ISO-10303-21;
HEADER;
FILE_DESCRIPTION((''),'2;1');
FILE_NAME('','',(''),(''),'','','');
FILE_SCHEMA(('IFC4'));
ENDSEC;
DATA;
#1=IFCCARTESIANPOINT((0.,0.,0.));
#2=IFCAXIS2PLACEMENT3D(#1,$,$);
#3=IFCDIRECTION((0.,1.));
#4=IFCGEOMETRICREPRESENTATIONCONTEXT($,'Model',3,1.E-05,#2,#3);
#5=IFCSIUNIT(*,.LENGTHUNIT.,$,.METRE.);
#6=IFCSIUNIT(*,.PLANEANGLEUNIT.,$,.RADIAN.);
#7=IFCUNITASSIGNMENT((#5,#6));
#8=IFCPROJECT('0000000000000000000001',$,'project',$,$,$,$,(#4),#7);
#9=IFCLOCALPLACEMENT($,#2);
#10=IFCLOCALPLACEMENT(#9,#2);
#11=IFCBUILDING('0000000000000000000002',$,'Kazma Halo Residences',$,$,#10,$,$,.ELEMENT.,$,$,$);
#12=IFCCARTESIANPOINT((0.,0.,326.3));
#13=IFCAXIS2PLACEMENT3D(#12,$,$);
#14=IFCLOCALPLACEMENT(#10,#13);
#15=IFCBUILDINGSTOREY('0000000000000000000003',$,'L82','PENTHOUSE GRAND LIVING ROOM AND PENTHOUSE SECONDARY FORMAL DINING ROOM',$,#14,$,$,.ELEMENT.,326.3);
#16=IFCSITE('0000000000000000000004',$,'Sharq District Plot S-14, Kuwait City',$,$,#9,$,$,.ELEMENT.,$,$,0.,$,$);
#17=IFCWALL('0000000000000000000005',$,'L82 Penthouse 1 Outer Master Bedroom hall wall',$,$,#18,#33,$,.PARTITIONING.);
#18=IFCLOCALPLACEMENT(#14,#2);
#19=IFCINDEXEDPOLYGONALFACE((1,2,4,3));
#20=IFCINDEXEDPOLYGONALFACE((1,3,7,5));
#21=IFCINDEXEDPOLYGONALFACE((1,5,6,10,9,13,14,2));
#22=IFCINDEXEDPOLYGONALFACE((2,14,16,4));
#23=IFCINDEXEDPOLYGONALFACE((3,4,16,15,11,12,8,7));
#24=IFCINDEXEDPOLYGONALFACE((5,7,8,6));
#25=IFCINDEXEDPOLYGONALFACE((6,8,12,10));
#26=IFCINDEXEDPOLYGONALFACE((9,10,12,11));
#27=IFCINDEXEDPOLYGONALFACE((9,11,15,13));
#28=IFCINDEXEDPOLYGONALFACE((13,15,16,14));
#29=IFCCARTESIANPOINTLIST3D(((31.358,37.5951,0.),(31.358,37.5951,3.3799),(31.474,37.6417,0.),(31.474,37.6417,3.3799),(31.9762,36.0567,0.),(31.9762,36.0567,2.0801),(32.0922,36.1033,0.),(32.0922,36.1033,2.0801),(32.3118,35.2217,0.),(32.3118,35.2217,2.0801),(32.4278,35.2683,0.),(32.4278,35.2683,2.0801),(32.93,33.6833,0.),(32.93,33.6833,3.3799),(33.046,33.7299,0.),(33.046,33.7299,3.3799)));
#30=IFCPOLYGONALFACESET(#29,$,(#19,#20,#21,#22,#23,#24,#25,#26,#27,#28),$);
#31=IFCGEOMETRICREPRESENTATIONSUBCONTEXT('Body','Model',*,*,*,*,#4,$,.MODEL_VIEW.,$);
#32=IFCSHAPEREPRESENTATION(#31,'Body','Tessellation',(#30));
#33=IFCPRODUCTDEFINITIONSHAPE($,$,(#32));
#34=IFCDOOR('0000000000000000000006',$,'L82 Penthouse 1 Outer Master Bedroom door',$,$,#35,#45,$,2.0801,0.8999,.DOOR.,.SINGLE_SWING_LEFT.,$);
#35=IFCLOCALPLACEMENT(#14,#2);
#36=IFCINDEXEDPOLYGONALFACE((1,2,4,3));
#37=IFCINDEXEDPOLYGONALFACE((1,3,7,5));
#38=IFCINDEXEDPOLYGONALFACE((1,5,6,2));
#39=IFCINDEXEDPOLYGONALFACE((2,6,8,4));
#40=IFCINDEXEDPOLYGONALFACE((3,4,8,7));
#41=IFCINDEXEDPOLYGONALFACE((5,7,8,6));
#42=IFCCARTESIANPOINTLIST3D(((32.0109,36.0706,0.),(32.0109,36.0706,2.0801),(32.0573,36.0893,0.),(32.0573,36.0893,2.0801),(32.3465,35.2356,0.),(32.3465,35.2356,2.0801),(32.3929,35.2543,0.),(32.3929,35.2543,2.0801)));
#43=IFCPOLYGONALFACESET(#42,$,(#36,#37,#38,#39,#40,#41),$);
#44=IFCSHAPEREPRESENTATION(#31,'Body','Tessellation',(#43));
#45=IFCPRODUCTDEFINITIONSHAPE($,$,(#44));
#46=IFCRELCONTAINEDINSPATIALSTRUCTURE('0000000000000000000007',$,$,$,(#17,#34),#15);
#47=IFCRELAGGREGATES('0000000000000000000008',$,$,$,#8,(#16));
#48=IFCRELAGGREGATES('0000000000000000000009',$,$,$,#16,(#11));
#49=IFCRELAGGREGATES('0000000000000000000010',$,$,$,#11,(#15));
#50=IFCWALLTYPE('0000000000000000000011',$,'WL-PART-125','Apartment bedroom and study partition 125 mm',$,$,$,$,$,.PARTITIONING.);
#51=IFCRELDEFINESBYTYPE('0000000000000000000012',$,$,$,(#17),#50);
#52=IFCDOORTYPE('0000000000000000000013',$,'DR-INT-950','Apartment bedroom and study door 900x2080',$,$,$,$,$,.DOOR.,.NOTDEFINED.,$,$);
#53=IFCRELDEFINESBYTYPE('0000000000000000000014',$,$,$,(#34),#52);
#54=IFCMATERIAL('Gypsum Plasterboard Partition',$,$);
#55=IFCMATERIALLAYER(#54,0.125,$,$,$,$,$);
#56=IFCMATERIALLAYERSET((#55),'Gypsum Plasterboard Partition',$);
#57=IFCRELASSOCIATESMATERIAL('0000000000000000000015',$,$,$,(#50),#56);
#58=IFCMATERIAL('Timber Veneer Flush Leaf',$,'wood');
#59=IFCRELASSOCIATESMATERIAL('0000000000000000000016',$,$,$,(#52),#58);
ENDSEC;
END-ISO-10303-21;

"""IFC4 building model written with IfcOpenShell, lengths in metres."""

from ifc_helpers import new_model, si_unit, direction, frame, frame_2d, origin, place, context, subcontext, project, spatial, rectangle, extrude, material, layer, layer_set, type_object, element, fill, save


model = new_model("IFC4")

# Units and contexts
model_context = context("Model", 3, precision=1e-05, world=origin(), true_north=direction((0.0, 1.0)))
body_context = subcontext(model_context, "Body", "Model", "MODEL_VIEW")
ifc_project = project(units=[si_unit("LENGTHUNIT", "METRE"), si_unit("PLANEANGLEUNIT", "RADIAN")], contexts=[model_context])

# Site, building, storey
site_placement = place(None, origin())
site = spatial("IfcSite", under=ifc_project, at=site_placement, Name="Sharq District Plot S-14, Kuwait City", CompositionType="ELEMENT", RefElevation=0.0)
building_placement = place(site_placement, origin())
building = spatial("IfcBuilding", under=site, at=building_placement, Name="Kazma Halo Residences", CompositionType="ELEMENT")
storey_placement = place(building_placement, frame((0.0, 0.0, 326.3)))
storey = spatial("IfcBuildingStorey", under=building, at=storey_placement, Name="L82", Description="PENTHOUSE GRAND LIVING ROOM AND PENTHOUSE SECONDARY FORMAL DINING ROOM", CompositionType="ELEMENT", Elevation=326.3)

# Shared definitions
ifc_material_1 = material(Name="Gypsum Plasterboard Partition")
ifc_layer_1 = layer(ifc_material_1, 0.125)
ifc_layer_set_1 = layer_set([ifc_layer_1], Name="Gypsum Plasterboard Partition")
wall_type_1 = type_object("IfcWallType", Name="WL-PART-125", Description="Apartment bedroom and study partition 125 mm", PredefinedType="PARTITIONING", material=ifc_layer_set_1)

# Wall, opening, door
wall_1_placement = place(storey_placement, frame((31.416, 37.6184, 0.0), z_axis=(0.0, 0.0, 1.0), x_axis=(0.372878, -0.92788, 0.0)))
wall_1 = element("IfcWall", 1, at=wall_1_placement, inside=storey, type_object=wall_type_1, Name="L82 Penthouse 1 Outer Master Bedroom hall wall", PredefinedType="PARTITIONING", context=body_context, shape_type="SweptSolid", body=[
    extrude(rectangle(XDim=4.2158, YDim=0.125, at=frame_2d((2.1079, 0.0))), origin(), (0.0, 0.0, 1.0), 3.3799),
])
opening_1_placement = place(wall_1_placement, frame((1.658, 0.0, 0.0)))
opening_1 = element("IfcOpeningElement", 2, at=opening_1_placement, cuts=wall_1, PredefinedType="OPENING", context=body_context, shape_type="SweptSolid", body=[
    extrude(rectangle(XDim=0.8999, YDim=2.0801, at=frame_2d((0.45, 1.04))), frame((0.0, 0.0725, 0.0), z_axis=(0.0, -1.0, 0.0), x_axis=(1.0, 0.0, 0.0)), (0.0, 0.0, 1.0), 0.145),
])
ifc_material_2 = material(Name="Timber Veneer Flush Leaf", Category="wood")
door_type_1 = type_object("IfcDoorType", Name="DR-INT-950", Description="Apartment bedroom and study door 900x2080", OperationType="NOTDEFINED", PredefinedType="DOOR", material=ifc_material_2)
door_1_placement = place(opening_1_placement, origin())
door_1 = element("IfcDoor", 3, at=door_1_placement, inside=storey, type_object=door_type_1, Name="L82 Penthouse 1 Outer Master Bedroom door", OperationType="SINGLE_SWING_LEFT", OverallHeight=2.0801, OverallWidth=0.8999, PredefinedType="DOOR", context=body_context, shape_type="SweptSolid", body=[
    extrude(rectangle(XDim=0.8999, YDim=2.0801, at=frame_2d((0.45, 1.04))), frame((0.0, 0.0249, 0.0), z_axis=(0.0, -1.0, 0.0), x_axis=(1.0, 0.0, 0.0)), (0.0, 0.0, 1.0), 0.05),
])
fill(opening_1, door_1)

save(model, "model.ifc")
